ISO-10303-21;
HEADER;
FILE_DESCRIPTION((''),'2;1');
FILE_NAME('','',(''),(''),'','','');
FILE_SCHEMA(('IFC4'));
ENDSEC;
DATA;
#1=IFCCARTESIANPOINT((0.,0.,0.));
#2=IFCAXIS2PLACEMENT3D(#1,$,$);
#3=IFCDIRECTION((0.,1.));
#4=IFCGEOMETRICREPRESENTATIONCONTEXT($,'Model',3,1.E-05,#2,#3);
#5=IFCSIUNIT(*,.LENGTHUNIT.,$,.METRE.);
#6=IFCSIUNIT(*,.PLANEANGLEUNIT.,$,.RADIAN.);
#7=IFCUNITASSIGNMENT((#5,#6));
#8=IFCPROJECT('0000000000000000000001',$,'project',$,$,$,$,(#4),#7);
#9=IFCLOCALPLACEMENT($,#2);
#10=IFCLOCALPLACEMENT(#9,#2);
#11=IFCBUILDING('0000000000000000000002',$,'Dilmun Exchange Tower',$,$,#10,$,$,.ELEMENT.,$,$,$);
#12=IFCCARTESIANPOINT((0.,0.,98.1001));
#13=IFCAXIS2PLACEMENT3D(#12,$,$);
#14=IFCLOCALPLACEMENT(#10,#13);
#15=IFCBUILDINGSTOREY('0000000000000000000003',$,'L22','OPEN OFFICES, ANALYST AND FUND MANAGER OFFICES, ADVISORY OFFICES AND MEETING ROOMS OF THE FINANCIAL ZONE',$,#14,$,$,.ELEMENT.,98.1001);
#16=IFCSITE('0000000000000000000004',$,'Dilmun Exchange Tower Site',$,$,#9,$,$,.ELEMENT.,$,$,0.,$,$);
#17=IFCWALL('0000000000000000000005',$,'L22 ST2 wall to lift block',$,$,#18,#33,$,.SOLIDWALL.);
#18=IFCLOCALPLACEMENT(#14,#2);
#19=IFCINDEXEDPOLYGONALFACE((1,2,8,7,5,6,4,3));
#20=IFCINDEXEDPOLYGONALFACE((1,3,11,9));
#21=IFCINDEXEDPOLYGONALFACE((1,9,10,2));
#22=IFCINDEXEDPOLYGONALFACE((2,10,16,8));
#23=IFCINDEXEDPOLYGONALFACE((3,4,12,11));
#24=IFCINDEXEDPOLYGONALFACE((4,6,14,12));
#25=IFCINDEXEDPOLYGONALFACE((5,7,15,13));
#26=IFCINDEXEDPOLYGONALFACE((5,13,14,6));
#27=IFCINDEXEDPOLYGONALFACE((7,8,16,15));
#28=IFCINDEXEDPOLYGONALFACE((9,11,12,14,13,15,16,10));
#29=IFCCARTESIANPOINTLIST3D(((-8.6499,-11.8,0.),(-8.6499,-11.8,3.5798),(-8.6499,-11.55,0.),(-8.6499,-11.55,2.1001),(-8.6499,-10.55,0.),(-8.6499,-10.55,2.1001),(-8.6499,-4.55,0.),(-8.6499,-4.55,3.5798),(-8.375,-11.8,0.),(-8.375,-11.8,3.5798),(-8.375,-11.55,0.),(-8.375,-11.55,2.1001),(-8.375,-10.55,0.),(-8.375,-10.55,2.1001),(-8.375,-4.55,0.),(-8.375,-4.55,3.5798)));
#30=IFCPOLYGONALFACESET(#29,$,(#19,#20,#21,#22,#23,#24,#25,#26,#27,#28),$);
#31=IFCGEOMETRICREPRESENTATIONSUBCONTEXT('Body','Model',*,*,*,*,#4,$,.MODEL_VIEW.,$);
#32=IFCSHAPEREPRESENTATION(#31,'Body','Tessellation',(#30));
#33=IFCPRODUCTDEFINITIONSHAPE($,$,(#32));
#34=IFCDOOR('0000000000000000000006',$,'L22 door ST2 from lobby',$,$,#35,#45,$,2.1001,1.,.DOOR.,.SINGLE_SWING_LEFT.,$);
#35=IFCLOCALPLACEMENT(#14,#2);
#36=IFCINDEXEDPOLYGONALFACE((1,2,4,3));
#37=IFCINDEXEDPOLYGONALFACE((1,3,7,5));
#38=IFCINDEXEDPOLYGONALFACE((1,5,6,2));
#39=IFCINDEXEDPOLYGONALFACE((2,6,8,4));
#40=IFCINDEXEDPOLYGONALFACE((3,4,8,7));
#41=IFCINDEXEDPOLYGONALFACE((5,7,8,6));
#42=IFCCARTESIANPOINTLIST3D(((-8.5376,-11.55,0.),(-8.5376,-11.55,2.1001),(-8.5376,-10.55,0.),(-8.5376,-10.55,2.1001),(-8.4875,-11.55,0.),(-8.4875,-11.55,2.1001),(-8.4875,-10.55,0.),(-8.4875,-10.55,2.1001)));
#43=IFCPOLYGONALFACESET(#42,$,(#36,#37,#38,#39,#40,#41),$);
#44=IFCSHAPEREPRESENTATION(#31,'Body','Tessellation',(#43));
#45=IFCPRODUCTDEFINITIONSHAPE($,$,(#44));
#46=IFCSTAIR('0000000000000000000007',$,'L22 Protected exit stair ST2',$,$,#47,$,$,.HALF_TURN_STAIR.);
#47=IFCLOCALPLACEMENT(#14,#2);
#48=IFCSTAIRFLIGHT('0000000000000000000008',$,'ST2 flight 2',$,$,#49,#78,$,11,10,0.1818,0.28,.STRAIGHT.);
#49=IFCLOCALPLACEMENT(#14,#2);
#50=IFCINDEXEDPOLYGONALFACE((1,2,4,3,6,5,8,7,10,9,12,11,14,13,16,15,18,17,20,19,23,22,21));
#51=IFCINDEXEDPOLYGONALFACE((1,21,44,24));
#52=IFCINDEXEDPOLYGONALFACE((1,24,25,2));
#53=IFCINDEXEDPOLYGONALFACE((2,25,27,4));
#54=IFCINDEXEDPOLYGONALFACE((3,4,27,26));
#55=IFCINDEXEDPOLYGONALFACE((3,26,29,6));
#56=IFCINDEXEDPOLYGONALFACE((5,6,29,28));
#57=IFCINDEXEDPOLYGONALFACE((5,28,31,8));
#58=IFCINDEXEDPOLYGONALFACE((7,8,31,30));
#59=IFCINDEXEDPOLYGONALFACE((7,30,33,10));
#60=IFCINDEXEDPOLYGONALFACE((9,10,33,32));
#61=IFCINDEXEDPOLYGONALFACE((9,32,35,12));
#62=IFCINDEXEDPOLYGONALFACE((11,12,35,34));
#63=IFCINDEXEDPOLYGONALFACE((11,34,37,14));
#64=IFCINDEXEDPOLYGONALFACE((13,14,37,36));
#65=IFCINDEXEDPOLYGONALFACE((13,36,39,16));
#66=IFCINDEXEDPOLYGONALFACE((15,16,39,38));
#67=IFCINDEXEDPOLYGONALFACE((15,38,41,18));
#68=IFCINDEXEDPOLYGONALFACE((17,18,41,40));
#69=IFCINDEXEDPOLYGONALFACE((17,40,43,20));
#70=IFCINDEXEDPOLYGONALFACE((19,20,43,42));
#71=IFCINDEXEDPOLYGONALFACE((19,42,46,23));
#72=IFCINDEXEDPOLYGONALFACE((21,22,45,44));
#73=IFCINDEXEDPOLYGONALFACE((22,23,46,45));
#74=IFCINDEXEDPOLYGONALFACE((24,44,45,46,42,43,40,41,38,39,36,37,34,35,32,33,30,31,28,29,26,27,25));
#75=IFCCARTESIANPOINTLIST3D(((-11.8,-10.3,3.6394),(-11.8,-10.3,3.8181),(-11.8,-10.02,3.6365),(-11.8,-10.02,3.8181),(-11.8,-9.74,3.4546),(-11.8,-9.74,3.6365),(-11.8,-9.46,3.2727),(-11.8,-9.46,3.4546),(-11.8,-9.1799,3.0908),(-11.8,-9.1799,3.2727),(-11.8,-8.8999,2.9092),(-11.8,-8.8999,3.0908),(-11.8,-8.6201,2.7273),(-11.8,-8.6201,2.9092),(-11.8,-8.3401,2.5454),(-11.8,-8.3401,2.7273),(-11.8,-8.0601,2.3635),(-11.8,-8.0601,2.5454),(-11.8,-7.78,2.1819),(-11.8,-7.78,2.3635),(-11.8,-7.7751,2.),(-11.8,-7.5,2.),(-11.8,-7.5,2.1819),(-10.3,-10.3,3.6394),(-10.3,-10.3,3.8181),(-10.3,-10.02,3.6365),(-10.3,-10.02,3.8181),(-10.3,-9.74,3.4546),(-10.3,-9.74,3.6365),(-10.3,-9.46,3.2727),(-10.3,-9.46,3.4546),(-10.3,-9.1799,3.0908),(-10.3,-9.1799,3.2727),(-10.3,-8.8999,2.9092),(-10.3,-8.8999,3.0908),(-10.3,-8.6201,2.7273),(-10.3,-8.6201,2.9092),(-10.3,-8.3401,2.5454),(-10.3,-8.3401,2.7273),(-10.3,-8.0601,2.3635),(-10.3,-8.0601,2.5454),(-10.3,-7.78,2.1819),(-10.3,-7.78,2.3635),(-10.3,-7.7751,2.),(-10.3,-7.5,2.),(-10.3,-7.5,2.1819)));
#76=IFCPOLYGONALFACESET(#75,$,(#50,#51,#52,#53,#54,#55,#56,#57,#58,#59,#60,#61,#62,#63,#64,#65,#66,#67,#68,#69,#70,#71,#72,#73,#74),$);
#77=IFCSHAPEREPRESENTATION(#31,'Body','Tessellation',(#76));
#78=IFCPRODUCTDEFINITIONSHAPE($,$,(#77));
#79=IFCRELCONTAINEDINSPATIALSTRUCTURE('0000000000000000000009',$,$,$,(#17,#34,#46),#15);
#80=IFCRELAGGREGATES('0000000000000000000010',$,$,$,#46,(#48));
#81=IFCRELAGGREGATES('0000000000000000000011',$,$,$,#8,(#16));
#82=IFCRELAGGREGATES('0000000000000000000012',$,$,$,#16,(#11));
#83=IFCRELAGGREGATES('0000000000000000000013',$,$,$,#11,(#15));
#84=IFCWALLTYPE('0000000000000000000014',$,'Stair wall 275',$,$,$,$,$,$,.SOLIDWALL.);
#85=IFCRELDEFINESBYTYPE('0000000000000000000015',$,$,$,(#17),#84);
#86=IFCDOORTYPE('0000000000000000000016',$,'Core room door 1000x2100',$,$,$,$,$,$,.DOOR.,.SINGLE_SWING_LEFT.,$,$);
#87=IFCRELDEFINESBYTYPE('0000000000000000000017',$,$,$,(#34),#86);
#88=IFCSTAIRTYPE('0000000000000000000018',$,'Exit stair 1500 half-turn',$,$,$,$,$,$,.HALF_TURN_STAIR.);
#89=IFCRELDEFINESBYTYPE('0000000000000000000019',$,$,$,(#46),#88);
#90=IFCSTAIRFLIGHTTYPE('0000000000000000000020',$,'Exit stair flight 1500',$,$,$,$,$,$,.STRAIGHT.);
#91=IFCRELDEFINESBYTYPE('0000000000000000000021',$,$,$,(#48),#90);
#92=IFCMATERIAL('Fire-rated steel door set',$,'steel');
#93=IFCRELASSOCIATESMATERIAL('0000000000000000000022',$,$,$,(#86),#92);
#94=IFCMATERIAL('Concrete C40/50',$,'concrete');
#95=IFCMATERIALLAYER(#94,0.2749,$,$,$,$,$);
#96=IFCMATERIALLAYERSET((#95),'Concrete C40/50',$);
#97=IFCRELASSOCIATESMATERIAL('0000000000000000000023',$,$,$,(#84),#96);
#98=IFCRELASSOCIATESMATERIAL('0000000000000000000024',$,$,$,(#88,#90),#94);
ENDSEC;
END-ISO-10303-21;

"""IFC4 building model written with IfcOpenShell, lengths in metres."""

from ifc_helpers import new_model, si_unit, direction, frame, frame_2d, origin, place, context, subcontext, project, spatial, polyline, rectangle, outline, extrude, material, layer, layer_set, type_object, element, fill, aggregate, save


model = new_model("IFC4")

# Units and contexts
model_context = context("Model", 3, precision=1e-05, world=origin(), true_north=direction((0.0, 1.0)))
body_context = subcontext(model_context, "Body", "Model", "MODEL_VIEW")
ifc_project = project(units=[si_unit("LENGTHUNIT", "METRE"), si_unit("PLANEANGLEUNIT", "RADIAN")], contexts=[model_context])

# Site, building, storey
site_placement = place(None, origin())
site = spatial("IfcSite", under=ifc_project, at=site_placement, Name="Dilmun Exchange Tower Site", CompositionType="ELEMENT", RefElevation=0.0)
building_placement = place(site_placement, origin())
building = spatial("IfcBuilding", under=site, at=building_placement, Name="Dilmun Exchange Tower", CompositionType="ELEMENT")
storey_placement = place(building_placement, frame((0.0, 0.0, 98.1001)))
storey = spatial("IfcBuildingStorey", under=building, at=storey_placement, Name="L22", Description="OPEN OFFICES, ANALYST AND FUND MANAGER OFFICES, ADVISORY OFFICES AND MEETING ROOMS OF THE FINANCIAL ZONE", CompositionType="ELEMENT", Elevation=98.1001)

# Shared definitions
ifc_material_1 = material(Name="Concrete C40/50", Category="concrete")

# Shared definitions
ifc_material_2 = material(Name="Fire-rated steel door set", Category="steel")
door_type = type_object("IfcDoorType", Name="Core room door 1000x2100", OperationType="SINGLE_SWING_LEFT", PredefinedType="DOOR", material=ifc_material_2)

# Wall, opening, door
ifc_layer_1 = layer(ifc_material_1, 0.2749)
ifc_layer_set_1 = layer_set([ifc_layer_1], Name="Concrete C40/50")
wall_type_1 = type_object("IfcWallType", Name="Stair wall 275", PredefinedType="SOLIDWALL", material=ifc_layer_set_1)
wall_1_placement = place(storey_placement, frame((-8.5125, -4.55, 0.0), z_axis=(0.0, 0.0, 1.0), x_axis=(0.0, -1.0, 0.0)))
wall_1 = element("IfcWall", 1, at=wall_1_placement, inside=storey, type_object=wall_type_1, Name="L22 ST2 wall to lift block", PredefinedType="SOLIDWALL", context=body_context, shape_type="SweptSolid", body=[
    extrude(rectangle(XDim=7.25, YDim=0.2749, at=frame_2d((3.625, 0.0))), origin(), (0.0, 0.0, 1.0), 3.5798),
])
opening_1_placement = place(wall_1_placement, frame((6.0, 0.0, 0.0)))
opening_1 = element("IfcOpeningElement", 2, at=opening_1_placement, cuts=wall_1, PredefinedType="OPENING", context=body_context, shape_type="SweptSolid", body=[
    extrude(rectangle(XDim=1.0, YDim=2.1001, at=frame_2d((0.5, 1.05))), frame((0.0, 0.1475, 0.0), z_axis=(0.0, -1.0, 0.0), x_axis=(1.0, 0.0, 0.0)), (0.0, 0.0, 1.0), 0.2949),
])
door_1_placement = place(opening_1_placement, origin())
door_1 = element("IfcDoor", 3, at=door_1_placement, inside=storey, type_object=door_type, Name="L22 door ST2 from lobby", OperationType="SINGLE_SWING_LEFT", OverallHeight=2.1001, OverallWidth=1.0, PredefinedType="DOOR", context=body_context, shape_type="SweptSolid", body=[
    extrude(rectangle(XDim=1.0, YDim=2.1001, at=frame_2d((0.5, 1.05))), frame((0.0, 0.0249, 0.0), z_axis=(0.0, -1.0, 0.0), x_axis=(1.0, 0.0, 0.0)), (0.0, 0.0, 1.0), 0.05),
])
fill(opening_1, door_1)

# Stair, stair flight
stair_type = type_object("IfcStairType", Name="Exit stair 1500 half-turn", PredefinedType="HALF_TURN_STAIR", material=ifc_material_1)
stair_placement = place(storey_placement, origin())
stair = element("IfcStair", 4, at=stair_placement, inside=storey, type_object=stair_type, Name="L22 Protected exit stair ST2", PredefinedType="HALF_TURN_STAIR")
stair_flight_type = type_object("IfcStairFlightType", Name="Exit stair flight 1500", PredefinedType="STRAIGHT", material=ifc_material_1)
stair_flight_placement = place(storey_placement, frame((-11.05, -7.5, 2.0), z_axis=(0.0, 0.0, 1.0), x_axis=(0.0, -1.0, 0.0)))
stair_flight = element("IfcStairFlight", 5, at=stair_flight_placement, type_object=stair_flight_type, Name="ST2 flight 2", NumberOfRisers=11, NumberOfTreads=10, PredefinedType="STRAIGHT", RiserHeight=0.1818, TreadLength=0.28, context=body_context, shape_type="SweptSolid", body=[
    extrude(outline(polyline([(0.0, 0.0), (0.0, 0.1819), (0.28, 0.1819), (0.28, 0.3635), (0.5601, 0.3635), (0.5601, 0.5454), (0.8401, 0.5454), (0.8401, 0.7273), (1.1201, 0.7273), (1.1201, 0.9092), (1.3999, 0.9092), (1.3999, 1.0908), (1.6799, 1.0908), (1.6799, 1.2727), (1.96, 1.2727), (1.96, 1.4546), (2.24, 1.4546), (2.24, 1.6365), (2.52, 1.6365), (2.52, 1.8181), (2.8, 1.8181), (2.8, 2.0), (2.8, 1.6394), (0.2751, 0.0), (0.0, 0.0)])), frame((0.0, 0.75, 0.0), z_axis=(0.0, -1.0, 0.0), x_axis=(1.0, 0.0, 0.0)), (0.0, 0.0, 1.0), 1.5),
])
aggregate(stair, [stair_flight])

save(model, "model.ifc")
